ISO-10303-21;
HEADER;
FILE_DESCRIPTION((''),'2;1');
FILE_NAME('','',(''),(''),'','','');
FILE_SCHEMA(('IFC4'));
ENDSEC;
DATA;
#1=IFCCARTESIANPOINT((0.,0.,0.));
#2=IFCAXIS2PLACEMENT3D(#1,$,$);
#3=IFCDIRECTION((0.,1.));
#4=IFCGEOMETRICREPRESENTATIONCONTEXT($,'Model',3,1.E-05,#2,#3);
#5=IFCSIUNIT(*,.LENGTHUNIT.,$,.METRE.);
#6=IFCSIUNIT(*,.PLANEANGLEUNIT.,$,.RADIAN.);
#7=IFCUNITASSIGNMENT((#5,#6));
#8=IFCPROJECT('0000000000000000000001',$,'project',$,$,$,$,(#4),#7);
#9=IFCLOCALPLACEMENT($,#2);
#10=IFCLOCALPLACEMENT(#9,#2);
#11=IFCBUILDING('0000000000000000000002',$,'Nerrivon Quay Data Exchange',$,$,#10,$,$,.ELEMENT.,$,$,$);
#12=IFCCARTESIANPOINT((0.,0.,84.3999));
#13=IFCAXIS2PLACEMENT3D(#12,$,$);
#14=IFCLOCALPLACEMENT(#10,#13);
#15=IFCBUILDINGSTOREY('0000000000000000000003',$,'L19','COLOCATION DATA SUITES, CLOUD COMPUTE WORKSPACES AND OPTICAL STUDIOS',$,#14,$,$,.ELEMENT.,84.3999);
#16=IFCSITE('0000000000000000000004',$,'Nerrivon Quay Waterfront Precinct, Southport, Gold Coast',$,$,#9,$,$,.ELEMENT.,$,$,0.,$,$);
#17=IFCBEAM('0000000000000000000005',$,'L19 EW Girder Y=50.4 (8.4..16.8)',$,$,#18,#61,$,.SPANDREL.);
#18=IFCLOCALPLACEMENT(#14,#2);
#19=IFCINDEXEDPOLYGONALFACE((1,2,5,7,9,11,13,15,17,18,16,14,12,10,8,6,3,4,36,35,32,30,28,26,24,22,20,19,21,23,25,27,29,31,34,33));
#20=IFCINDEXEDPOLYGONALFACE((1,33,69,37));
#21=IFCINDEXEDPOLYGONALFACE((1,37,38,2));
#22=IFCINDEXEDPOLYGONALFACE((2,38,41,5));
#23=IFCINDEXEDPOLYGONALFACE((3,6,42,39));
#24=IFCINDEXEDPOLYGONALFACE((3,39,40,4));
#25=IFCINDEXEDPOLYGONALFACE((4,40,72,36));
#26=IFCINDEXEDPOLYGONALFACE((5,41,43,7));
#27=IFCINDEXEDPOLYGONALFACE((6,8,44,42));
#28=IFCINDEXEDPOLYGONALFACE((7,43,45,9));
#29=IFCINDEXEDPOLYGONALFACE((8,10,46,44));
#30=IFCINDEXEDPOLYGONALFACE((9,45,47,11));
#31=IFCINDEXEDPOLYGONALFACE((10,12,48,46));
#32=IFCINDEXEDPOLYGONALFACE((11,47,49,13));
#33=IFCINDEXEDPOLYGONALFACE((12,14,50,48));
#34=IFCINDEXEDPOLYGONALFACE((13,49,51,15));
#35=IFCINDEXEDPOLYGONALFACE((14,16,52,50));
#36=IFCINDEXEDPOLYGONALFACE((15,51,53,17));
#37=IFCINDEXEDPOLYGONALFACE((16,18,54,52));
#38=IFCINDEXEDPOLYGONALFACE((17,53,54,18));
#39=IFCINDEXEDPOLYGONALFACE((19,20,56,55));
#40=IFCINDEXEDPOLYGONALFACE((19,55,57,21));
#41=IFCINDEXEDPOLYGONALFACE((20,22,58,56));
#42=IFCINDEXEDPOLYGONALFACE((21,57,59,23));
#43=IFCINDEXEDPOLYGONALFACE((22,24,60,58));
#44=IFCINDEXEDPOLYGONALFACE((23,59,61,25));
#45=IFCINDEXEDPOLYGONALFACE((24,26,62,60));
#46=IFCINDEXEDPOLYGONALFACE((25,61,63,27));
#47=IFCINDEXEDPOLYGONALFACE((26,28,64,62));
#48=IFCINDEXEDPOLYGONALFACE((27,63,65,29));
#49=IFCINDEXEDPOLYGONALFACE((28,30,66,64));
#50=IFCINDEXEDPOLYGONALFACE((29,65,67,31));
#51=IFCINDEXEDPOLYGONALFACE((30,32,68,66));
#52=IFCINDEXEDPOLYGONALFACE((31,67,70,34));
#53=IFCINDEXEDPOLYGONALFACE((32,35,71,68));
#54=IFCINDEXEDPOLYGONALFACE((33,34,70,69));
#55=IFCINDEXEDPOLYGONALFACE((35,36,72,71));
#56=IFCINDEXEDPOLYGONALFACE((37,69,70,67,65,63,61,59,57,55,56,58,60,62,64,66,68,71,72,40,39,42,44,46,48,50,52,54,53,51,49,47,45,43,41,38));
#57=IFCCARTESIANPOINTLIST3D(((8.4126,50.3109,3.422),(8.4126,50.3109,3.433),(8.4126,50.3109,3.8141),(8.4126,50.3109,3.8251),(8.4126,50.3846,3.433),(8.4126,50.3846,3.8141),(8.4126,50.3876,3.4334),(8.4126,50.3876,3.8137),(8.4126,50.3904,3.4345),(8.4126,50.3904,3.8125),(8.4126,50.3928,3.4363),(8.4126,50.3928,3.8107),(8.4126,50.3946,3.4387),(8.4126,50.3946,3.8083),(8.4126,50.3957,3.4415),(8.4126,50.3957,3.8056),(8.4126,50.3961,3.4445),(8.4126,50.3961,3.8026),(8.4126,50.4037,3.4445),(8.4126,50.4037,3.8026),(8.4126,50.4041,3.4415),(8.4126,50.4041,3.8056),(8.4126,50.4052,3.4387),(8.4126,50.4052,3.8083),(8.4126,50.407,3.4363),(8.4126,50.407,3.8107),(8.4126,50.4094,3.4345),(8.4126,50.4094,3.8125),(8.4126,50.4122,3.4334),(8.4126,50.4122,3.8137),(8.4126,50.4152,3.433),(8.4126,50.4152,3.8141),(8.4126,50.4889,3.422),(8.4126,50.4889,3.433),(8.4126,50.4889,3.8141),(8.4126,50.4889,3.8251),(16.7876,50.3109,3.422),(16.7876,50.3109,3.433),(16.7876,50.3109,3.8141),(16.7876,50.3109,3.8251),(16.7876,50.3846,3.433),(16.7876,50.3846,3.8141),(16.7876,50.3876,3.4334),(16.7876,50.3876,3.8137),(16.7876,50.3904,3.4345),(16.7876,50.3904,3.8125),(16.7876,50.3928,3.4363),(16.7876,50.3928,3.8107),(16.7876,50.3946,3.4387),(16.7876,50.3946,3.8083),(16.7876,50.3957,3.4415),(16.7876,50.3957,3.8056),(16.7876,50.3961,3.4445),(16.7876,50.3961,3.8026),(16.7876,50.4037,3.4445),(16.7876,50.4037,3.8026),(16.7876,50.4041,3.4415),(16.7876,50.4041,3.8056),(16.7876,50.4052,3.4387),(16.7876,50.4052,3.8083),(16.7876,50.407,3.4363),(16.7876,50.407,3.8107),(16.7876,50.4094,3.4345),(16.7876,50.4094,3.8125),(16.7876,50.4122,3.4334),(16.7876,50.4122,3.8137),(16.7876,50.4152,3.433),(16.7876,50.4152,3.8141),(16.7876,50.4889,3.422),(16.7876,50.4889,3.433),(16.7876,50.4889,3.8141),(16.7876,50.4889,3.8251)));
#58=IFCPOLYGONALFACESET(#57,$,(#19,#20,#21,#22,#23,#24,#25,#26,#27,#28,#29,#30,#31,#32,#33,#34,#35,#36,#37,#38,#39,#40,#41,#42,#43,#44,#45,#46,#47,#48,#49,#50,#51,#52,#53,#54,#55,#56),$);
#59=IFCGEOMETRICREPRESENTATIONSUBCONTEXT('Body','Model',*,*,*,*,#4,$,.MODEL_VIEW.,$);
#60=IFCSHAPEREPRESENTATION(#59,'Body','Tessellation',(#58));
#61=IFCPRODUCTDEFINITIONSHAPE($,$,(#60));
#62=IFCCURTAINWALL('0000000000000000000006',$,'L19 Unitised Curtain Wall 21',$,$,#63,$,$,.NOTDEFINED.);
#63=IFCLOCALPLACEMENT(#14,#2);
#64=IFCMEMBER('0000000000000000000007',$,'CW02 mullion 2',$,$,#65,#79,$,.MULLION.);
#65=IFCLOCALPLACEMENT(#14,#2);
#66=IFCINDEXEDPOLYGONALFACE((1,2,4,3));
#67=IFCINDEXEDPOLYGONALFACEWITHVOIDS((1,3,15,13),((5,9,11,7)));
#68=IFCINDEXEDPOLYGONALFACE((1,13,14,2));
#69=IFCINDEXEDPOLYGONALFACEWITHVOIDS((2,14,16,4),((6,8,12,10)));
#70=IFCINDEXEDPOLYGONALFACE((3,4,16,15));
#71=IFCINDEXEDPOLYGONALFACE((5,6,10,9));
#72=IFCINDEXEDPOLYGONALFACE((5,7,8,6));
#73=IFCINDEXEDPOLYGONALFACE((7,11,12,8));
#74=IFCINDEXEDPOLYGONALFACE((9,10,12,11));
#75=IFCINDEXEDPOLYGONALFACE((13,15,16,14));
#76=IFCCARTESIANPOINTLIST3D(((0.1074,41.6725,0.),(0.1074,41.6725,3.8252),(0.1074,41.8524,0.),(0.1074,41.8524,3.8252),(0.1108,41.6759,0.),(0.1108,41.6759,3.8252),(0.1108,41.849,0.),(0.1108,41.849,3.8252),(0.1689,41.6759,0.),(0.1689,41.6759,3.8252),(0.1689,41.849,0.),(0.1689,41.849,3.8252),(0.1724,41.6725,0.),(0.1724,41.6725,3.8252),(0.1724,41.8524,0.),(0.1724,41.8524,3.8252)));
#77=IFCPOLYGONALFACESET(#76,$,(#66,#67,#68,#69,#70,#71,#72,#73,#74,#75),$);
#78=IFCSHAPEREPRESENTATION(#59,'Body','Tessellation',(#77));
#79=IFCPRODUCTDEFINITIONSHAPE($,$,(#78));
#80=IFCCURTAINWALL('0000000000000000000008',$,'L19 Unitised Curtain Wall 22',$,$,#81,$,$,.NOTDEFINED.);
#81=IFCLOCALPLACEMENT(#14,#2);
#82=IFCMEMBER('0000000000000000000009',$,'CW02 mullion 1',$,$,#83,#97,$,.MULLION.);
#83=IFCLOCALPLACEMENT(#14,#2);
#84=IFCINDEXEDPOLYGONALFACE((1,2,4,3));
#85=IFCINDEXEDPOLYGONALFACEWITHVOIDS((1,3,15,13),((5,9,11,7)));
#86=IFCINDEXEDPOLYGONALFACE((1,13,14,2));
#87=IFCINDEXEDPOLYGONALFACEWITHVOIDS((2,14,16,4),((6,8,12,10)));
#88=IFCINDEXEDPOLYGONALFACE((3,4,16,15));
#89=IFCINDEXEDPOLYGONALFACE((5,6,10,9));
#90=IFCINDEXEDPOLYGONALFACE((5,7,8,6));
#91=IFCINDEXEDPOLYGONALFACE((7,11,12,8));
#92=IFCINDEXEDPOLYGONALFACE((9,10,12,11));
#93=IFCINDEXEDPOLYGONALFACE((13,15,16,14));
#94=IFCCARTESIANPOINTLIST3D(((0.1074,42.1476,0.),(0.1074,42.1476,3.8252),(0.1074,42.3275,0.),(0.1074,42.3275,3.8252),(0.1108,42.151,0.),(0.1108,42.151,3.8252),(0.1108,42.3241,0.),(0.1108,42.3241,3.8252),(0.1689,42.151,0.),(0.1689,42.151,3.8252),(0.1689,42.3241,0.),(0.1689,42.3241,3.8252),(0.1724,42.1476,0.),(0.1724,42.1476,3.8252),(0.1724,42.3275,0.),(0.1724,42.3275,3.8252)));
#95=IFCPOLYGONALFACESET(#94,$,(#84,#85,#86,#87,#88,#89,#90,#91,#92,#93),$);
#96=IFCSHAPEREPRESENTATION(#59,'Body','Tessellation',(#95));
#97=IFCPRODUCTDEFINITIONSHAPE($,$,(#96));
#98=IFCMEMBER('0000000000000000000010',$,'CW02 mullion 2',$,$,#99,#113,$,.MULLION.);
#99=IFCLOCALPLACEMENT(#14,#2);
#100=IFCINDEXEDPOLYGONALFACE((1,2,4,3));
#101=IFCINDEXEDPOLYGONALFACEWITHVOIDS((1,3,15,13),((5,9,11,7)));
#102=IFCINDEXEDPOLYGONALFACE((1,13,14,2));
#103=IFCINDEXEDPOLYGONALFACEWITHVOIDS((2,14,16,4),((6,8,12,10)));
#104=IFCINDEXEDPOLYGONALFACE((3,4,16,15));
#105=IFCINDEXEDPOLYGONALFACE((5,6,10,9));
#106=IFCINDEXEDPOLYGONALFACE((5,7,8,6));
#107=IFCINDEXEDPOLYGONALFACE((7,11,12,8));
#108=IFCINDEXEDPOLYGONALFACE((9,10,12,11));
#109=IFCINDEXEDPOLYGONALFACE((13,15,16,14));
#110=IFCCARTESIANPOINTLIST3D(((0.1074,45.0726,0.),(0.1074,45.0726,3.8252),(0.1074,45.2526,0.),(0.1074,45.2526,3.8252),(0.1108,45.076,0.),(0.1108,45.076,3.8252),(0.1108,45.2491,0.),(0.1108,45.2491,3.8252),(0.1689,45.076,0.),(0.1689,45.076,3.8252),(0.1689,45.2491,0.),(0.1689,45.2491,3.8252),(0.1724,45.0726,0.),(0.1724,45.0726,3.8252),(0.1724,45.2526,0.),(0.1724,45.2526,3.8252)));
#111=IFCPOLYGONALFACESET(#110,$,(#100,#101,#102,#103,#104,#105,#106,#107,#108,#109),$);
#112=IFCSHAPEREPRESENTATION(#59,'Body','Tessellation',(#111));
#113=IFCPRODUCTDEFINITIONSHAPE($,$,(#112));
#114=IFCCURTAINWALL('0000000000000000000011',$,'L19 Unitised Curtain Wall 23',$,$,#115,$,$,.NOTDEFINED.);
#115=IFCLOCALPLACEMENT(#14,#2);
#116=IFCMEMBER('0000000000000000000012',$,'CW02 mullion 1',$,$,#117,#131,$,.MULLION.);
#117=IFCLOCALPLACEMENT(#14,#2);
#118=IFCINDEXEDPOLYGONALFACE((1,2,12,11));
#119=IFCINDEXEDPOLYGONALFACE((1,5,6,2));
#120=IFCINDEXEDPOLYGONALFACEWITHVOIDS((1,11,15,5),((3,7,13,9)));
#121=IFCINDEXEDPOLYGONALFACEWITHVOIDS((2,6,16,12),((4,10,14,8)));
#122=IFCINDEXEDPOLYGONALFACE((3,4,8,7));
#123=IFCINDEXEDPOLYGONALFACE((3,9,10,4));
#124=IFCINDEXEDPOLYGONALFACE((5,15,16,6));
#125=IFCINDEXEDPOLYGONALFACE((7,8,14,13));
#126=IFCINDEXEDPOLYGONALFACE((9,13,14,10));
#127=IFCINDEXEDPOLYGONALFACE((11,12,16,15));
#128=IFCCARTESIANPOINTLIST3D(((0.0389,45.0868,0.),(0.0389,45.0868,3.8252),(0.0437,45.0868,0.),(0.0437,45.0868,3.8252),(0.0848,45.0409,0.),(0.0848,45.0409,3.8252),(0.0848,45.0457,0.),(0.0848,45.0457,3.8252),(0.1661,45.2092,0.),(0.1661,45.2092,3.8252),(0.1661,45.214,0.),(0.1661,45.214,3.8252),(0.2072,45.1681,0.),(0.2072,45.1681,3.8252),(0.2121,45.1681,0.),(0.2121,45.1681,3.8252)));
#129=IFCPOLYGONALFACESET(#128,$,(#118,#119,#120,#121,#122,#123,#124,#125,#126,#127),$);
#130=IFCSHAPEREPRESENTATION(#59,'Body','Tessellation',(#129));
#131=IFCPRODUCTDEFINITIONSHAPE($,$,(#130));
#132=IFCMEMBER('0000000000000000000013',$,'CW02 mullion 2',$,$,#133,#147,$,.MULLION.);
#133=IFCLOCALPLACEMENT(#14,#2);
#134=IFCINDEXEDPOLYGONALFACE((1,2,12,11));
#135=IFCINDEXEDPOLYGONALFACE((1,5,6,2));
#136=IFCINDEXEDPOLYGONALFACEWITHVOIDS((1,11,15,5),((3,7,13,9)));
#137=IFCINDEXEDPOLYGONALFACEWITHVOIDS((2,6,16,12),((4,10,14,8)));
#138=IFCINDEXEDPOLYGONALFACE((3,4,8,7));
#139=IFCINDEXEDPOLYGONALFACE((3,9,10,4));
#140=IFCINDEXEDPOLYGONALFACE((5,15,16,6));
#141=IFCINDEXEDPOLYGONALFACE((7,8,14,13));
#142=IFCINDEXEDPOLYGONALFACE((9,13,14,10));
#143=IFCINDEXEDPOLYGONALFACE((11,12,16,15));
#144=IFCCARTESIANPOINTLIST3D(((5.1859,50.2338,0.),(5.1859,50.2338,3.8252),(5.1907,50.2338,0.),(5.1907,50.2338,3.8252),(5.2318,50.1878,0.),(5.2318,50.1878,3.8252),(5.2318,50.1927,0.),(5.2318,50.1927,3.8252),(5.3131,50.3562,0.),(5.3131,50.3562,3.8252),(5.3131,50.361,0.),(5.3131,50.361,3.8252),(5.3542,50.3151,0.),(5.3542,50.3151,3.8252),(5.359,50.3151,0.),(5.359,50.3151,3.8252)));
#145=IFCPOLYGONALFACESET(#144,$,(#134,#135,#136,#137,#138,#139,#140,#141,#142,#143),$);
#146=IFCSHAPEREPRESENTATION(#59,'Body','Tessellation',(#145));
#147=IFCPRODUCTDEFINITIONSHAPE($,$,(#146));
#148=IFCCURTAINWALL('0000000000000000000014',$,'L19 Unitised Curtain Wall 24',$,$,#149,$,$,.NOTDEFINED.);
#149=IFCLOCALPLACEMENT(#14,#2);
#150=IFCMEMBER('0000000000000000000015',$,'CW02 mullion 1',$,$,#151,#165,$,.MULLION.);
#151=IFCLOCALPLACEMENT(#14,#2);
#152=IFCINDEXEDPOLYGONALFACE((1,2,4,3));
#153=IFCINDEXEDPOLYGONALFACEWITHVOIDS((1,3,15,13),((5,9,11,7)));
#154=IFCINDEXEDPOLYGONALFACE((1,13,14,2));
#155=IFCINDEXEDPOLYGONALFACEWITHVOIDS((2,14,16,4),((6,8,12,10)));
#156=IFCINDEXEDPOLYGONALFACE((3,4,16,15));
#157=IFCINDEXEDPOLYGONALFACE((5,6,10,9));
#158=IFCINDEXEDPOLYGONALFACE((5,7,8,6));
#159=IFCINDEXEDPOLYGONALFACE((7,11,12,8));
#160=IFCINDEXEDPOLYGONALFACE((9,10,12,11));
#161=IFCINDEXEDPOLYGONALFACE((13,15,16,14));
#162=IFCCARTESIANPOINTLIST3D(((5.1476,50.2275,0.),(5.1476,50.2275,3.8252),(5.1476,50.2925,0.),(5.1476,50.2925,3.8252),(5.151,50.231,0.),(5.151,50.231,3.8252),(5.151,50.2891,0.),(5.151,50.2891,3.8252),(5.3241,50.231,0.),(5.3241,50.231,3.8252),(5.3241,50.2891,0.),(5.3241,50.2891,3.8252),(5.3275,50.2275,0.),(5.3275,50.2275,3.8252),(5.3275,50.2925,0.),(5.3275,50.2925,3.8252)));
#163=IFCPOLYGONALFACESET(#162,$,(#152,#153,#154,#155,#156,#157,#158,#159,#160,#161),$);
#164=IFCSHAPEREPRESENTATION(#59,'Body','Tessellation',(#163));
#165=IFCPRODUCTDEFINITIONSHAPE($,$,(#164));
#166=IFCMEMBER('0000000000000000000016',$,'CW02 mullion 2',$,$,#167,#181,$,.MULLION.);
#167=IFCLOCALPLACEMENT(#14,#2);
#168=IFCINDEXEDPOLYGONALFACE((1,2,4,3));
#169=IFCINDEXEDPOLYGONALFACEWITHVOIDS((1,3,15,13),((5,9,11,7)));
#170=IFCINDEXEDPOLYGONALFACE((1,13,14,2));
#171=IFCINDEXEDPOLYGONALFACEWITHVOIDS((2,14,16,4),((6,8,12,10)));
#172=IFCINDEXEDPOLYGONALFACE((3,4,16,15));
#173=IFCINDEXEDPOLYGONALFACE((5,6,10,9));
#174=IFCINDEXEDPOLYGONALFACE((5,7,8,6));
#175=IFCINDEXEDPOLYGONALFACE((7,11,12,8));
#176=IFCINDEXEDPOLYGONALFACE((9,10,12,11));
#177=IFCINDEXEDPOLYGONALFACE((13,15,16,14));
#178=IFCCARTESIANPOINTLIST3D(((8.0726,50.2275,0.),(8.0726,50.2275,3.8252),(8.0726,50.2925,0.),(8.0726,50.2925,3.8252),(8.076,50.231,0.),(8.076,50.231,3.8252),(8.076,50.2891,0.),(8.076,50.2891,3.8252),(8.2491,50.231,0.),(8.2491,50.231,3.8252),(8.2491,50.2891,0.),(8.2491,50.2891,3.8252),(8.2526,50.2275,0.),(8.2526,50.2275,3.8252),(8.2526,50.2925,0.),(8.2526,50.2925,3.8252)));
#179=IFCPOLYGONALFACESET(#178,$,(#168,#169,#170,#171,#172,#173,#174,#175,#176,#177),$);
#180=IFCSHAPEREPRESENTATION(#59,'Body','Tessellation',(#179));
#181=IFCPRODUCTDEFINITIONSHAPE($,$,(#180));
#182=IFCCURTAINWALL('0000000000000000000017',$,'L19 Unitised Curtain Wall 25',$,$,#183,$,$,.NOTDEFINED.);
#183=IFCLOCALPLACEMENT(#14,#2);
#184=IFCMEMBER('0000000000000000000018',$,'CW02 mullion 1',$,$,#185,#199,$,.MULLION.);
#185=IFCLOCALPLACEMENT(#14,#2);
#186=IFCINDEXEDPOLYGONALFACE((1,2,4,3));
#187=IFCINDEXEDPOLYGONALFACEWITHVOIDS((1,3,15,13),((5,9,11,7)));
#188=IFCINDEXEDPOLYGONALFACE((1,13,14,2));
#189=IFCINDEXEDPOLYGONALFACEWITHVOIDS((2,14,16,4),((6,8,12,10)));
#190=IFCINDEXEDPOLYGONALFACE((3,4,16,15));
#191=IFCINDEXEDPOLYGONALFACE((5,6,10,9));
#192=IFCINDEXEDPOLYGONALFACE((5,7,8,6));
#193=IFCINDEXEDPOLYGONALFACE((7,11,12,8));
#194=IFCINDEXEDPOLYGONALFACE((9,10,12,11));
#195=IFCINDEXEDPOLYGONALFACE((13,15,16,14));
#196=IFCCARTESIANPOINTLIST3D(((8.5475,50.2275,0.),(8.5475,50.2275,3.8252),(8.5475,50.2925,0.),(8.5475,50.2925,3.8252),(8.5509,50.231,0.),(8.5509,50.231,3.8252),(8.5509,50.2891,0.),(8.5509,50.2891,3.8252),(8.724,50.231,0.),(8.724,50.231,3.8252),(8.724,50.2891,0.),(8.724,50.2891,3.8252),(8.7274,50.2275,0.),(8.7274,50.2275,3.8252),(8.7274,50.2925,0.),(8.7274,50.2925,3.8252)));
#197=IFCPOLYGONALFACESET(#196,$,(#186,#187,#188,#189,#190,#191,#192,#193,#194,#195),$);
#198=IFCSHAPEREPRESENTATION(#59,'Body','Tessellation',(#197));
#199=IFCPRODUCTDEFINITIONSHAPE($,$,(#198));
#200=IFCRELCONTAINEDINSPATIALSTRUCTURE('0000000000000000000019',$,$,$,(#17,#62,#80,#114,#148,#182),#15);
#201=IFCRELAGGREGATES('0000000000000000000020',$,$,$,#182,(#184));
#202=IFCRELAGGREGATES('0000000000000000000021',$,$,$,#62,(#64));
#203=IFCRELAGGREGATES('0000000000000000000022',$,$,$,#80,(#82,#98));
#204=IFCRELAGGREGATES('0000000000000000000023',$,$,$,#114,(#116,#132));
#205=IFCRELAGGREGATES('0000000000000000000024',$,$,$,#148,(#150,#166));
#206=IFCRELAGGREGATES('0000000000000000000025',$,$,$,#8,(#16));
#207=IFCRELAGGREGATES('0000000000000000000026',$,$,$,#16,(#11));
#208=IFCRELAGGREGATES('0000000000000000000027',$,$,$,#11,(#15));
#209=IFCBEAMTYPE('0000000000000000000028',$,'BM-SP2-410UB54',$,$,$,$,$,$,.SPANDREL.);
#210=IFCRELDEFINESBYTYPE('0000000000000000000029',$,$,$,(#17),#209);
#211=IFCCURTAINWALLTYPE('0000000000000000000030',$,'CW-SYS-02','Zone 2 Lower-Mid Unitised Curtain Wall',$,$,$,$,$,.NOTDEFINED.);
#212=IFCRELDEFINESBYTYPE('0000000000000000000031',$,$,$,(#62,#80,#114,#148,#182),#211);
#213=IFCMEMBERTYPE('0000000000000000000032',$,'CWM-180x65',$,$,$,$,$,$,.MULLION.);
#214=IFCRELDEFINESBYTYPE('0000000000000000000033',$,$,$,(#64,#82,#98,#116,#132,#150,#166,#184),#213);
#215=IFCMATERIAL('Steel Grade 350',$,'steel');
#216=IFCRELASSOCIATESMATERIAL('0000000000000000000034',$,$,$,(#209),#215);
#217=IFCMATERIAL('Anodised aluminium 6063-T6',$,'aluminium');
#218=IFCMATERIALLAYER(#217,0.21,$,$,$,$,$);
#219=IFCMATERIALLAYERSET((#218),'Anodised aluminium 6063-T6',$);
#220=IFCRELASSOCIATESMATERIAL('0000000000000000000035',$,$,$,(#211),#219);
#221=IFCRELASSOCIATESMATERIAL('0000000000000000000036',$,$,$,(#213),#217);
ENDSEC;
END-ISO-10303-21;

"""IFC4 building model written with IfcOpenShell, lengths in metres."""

from ifc_helpers import new_model, si_unit, direction, frame, origin, origin_2d, place, context, subcontext, project, spatial, hollow_rectangle, i_section, extrude, material, layer, layer_set, material_profile, profile_set, type_object, element, aggregate, save


model = new_model("IFC4")

# Units and contexts
model_context = context("Model", 3, precision=1e-05, world=origin(), true_north=direction((0.0, 1.0)))
body_context = subcontext(model_context, "Body", "Model", "MODEL_VIEW")
ifc_project = project(units=[si_unit("LENGTHUNIT", "METRE"), si_unit("PLANEANGLEUNIT", "RADIAN")], contexts=[model_context])

# Site, building, storey
site_placement = place(None, origin())
site = spatial("IfcSite", under=ifc_project, at=site_placement, Name="Nerrivon Quay Waterfront Precinct, Southport, Gold Coast", CompositionType="ELEMENT", RefElevation=0.0)
building_placement = place(site_placement, origin())
building = spatial("IfcBuilding", under=site, at=building_placement, Name="Nerrivon Quay Data Exchange", CompositionType="ELEMENT")
storey_placement = place(building_placement, frame((0.0, 0.0, 84.3999)))
storey = spatial("IfcBuildingStorey", under=building, at=storey_placement, Name="L19", Description="COLOCATION DATA SUITES, CLOUD COMPUTE WORKSPACES AND OPTICAL STUDIOS", CompositionType="ELEMENT", Elevation=84.3999)

# Shared definitions
ifc_material_1 = material(Name="Steel Grade 350", Category="steel")

# Beam
ifc_material_profile_1 = material_profile(ifc_material_1, i_section(OverallWidth=0.178, OverallDepth=0.4031, WebThickness=0.0076, FlangeThickness=0.011, FilletRadius=0.0115, at=origin_2d()), Name="410UB53.7")
ifc_profile_set_1 = profile_set([ifc_material_profile_1], Name="Steel Grade 350")
beam_type_1 = type_object("IfcBeamType", Name="BM-SP2-410UB54", PredefinedType="SPANDREL", material=ifc_profile_set_1)
beam_1_placement = place(storey_placement, frame((8.4126, 50.3999, 3.6235), z_axis=(1.0, 0.0, 0.0), x_axis=(0.0, 1.0, 0.0)))
element("IfcBeam", 1, at=beam_1_placement, inside=storey, type_object=beam_type_1, Name="L19 EW Girder Y=50.4 (8.4..16.8)", PredefinedType="SPANDREL", context=body_context, shape_type="SweptSolid", body=[
    extrude(i_section(OverallWidth=0.178, OverallDepth=0.4031, WebThickness=0.0076, FlangeThickness=0.011, FilletRadius=0.0115, at=origin_2d()), origin(), (0.0, 0.0, 1.0), 8.375),
])

# Curtain wall, member
ifc_material_2 = material(Name="Anodised aluminium 6063-T6", Category="aluminium")
ifc_layer_1 = layer(ifc_material_2, 0.21)
ifc_layer_set_1 = layer_set([ifc_layer_1], Name="Anodised aluminium 6063-T6")
curtain_wall_type = type_object("IfcCurtainWallType", Name="CW-SYS-02", Description="Zone 2 Lower-Mid Unitised Curtain Wall", PredefinedType="NOTDEFINED", material=ifc_layer_set_1)
curtain_wall_1_placement = place(storey_placement, origin())
curtain_wall_1 = element("IfcCurtainWall", 2, at=curtain_wall_1_placement, inside=storey, type_object=curtain_wall_type, Name="L19 Unitised Curtain Wall 21", PredefinedType="NOTDEFINED")
ifc_material_profile_2 = material_profile(ifc_material_2, hollow_rectangle(XDim=0.0649, YDim=0.1799, WallThickness=0.0034, at=origin_2d()), Name="ALU-MULL-180x65")
ifc_profile_set_2 = profile_set([ifc_material_profile_2], Name="Anodised aluminium 6063-T6")
member_type_1 = type_object("IfcMemberType", Name="CWM-180x65", PredefinedType="MULLION", material=ifc_profile_set_2)
member_1_placement = place(storey_placement, frame((0.1399, 41.7625, 0.0), z_axis=(0.0, 0.0, 1.0), x_axis=(-1.0, 0.0, 0.0)))
member_1 = element("IfcMember", 3, at=member_1_placement, type_object=member_type_1, Name="CW02 mullion 2", PredefinedType="MULLION", context=body_context, shape_type="SweptSolid", body=[
    extrude(hollow_rectangle(XDim=0.0649, YDim=0.1799, WallThickness=0.0034, at=origin_2d()), origin(), (0.0, 0.0, 1.0), 3.8252),
])

# Curtain walls, members
curtain_wall_2_placement = place(storey_placement, origin())
curtain_wall_2 = element("IfcCurtainWall", 4, at=curtain_wall_2_placement, inside=storey, type_object=curtain_wall_type, Name="L19 Unitised Curtain Wall 22", PredefinedType="NOTDEFINED")
member_2_placement = place(storey_placement, frame((0.1399, 42.2375, 0.0), z_axis=(0.0, 0.0, 1.0), x_axis=(-1.0, 0.0, 0.0)))
member_2 = element("IfcMember", 5, at=member_2_placement, type_object=member_type_1, Name="CW02 mullion 1", PredefinedType="MULLION", context=body_context, shape_type="SweptSolid", body=[
    extrude(hollow_rectangle(XDim=0.0649, YDim=0.1799, WallThickness=0.0034, at=origin_2d()), origin(), (0.0, 0.0, 1.0), 3.8252),
])
member_3_placement = place(storey_placement, frame((0.1399, 45.1626, 0.0), z_axis=(0.0, 0.0, 1.0), x_axis=(-1.0, 0.0, 0.0)))
member_3 = element("IfcMember", 6, at=member_3_placement, type_object=member_type_1, Name="CW02 mullion 2", PredefinedType="MULLION", context=body_context, shape_type="SweptSolid", body=[
    extrude(hollow_rectangle(XDim=0.0649, YDim=0.1799, WallThickness=0.0034, at=origin_2d()), origin(), (0.0, 0.0, 1.0), 3.8252),
])
curtain_wall_3_placement = place(storey_placement, origin())
curtain_wall_3 = element("IfcCurtainWall", 7, at=curtain_wall_3_placement, inside=storey, type_object=curtain_wall_type, Name="L19 Unitised Curtain Wall 23", PredefinedType="NOTDEFINED")
member_4_placement = place(storey_placement, frame((0.1255, 45.1274, 0.0), z_axis=(0.0, 0.0, 1.0), x_axis=(-0.707107, 0.707107, 0.0)))
member_4 = element("IfcMember", 8, at=member_4_placement, type_object=member_type_1, Name="CW02 mullion 1", PredefinedType="MULLION", context=body_context, shape_type="SweptSolid", body=[
    extrude(hollow_rectangle(XDim=0.0649, YDim=0.1799, WallThickness=0.0034, at=origin_2d()), origin(), (0.0, 0.0, 1.0), 3.8252),
])
member_5_placement = place(storey_placement, frame((5.2725, 50.2744, 0.0), z_axis=(0.0, 0.0, 1.0), x_axis=(-0.707107, 0.707107, 0.0)))
member_5 = element("IfcMember", 9, at=member_5_placement, type_object=member_type_1, Name="CW02 mullion 2", PredefinedType="MULLION", context=body_context, shape_type="SweptSolid", body=[
    extrude(hollow_rectangle(XDim=0.0649, YDim=0.1799, WallThickness=0.0034, at=origin_2d()), origin(), (0.0, 0.0, 1.0), 3.8252),
])
curtain_wall_4_placement = place(storey_placement, origin())
curtain_wall_4 = element("IfcCurtainWall", 10, at=curtain_wall_4_placement, inside=storey, type_object=curtain_wall_type, Name="L19 Unitised Curtain Wall 24", PredefinedType="NOTDEFINED")
member_6_placement = place(storey_placement, frame((5.2375, 50.26, 0.0), z_axis=(0.0, 0.0, 1.0), x_axis=(0.0, 1.0, 0.0)))
member_6 = element("IfcMember", 11, at=member_6_placement, type_object=member_type_1, Name="CW02 mullion 1", PredefinedType="MULLION", context=body_context, shape_type="SweptSolid", body=[
    extrude(hollow_rectangle(XDim=0.0649, YDim=0.1799, WallThickness=0.0034, at=origin_2d()), origin(), (0.0, 0.0, 1.0), 3.8252),
])
member_7_placement = place(storey_placement, frame((8.1626, 50.26, 0.0), z_axis=(0.0, 0.0, 1.0), x_axis=(0.0, 1.0, 0.0)))
member_7 = element("IfcMember", 12, at=member_7_placement, type_object=member_type_1, Name="CW02 mullion 2", PredefinedType="MULLION", context=body_context, shape_type="SweptSolid", body=[
    extrude(hollow_rectangle(XDim=0.0649, YDim=0.1799, WallThickness=0.0034, at=origin_2d()), origin(), (0.0, 0.0, 1.0), 3.8252),
])

# Curtain wall, member
curtain_wall_5_placement = place(storey_placement, origin())
curtain_wall_5 = element("IfcCurtainWall", 13, at=curtain_wall_5_placement, inside=storey, type_object=curtain_wall_type, Name="L19 Unitised Curtain Wall 25", PredefinedType="NOTDEFINED")
member_8_placement = place(storey_placement, frame((8.6375, 50.26, 0.0), z_axis=(0.0, 0.0, 1.0), x_axis=(0.0, 1.0, 0.0)))
member_8 = element("IfcMember", 14, at=member_8_placement, type_object=member_type_1, Name="CW02 mullion 1", PredefinedType="MULLION", context=body_context, shape_type="SweptSolid", body=[
    extrude(hollow_rectangle(XDim=0.0649, YDim=0.1799, WallThickness=0.0034, at=origin_2d()), origin(), (0.0, 0.0, 1.0), 3.8252),
])
aggregate(curtain_wall_5, [member_8])

aggregate(curtain_wall_1, [member_1])
aggregate(curtain_wall_2, [member_2, member_3])
aggregate(curtain_wall_3, [member_4, member_5])
aggregate(curtain_wall_4, [member_6, member_7])

save(model, "model.ifc")
